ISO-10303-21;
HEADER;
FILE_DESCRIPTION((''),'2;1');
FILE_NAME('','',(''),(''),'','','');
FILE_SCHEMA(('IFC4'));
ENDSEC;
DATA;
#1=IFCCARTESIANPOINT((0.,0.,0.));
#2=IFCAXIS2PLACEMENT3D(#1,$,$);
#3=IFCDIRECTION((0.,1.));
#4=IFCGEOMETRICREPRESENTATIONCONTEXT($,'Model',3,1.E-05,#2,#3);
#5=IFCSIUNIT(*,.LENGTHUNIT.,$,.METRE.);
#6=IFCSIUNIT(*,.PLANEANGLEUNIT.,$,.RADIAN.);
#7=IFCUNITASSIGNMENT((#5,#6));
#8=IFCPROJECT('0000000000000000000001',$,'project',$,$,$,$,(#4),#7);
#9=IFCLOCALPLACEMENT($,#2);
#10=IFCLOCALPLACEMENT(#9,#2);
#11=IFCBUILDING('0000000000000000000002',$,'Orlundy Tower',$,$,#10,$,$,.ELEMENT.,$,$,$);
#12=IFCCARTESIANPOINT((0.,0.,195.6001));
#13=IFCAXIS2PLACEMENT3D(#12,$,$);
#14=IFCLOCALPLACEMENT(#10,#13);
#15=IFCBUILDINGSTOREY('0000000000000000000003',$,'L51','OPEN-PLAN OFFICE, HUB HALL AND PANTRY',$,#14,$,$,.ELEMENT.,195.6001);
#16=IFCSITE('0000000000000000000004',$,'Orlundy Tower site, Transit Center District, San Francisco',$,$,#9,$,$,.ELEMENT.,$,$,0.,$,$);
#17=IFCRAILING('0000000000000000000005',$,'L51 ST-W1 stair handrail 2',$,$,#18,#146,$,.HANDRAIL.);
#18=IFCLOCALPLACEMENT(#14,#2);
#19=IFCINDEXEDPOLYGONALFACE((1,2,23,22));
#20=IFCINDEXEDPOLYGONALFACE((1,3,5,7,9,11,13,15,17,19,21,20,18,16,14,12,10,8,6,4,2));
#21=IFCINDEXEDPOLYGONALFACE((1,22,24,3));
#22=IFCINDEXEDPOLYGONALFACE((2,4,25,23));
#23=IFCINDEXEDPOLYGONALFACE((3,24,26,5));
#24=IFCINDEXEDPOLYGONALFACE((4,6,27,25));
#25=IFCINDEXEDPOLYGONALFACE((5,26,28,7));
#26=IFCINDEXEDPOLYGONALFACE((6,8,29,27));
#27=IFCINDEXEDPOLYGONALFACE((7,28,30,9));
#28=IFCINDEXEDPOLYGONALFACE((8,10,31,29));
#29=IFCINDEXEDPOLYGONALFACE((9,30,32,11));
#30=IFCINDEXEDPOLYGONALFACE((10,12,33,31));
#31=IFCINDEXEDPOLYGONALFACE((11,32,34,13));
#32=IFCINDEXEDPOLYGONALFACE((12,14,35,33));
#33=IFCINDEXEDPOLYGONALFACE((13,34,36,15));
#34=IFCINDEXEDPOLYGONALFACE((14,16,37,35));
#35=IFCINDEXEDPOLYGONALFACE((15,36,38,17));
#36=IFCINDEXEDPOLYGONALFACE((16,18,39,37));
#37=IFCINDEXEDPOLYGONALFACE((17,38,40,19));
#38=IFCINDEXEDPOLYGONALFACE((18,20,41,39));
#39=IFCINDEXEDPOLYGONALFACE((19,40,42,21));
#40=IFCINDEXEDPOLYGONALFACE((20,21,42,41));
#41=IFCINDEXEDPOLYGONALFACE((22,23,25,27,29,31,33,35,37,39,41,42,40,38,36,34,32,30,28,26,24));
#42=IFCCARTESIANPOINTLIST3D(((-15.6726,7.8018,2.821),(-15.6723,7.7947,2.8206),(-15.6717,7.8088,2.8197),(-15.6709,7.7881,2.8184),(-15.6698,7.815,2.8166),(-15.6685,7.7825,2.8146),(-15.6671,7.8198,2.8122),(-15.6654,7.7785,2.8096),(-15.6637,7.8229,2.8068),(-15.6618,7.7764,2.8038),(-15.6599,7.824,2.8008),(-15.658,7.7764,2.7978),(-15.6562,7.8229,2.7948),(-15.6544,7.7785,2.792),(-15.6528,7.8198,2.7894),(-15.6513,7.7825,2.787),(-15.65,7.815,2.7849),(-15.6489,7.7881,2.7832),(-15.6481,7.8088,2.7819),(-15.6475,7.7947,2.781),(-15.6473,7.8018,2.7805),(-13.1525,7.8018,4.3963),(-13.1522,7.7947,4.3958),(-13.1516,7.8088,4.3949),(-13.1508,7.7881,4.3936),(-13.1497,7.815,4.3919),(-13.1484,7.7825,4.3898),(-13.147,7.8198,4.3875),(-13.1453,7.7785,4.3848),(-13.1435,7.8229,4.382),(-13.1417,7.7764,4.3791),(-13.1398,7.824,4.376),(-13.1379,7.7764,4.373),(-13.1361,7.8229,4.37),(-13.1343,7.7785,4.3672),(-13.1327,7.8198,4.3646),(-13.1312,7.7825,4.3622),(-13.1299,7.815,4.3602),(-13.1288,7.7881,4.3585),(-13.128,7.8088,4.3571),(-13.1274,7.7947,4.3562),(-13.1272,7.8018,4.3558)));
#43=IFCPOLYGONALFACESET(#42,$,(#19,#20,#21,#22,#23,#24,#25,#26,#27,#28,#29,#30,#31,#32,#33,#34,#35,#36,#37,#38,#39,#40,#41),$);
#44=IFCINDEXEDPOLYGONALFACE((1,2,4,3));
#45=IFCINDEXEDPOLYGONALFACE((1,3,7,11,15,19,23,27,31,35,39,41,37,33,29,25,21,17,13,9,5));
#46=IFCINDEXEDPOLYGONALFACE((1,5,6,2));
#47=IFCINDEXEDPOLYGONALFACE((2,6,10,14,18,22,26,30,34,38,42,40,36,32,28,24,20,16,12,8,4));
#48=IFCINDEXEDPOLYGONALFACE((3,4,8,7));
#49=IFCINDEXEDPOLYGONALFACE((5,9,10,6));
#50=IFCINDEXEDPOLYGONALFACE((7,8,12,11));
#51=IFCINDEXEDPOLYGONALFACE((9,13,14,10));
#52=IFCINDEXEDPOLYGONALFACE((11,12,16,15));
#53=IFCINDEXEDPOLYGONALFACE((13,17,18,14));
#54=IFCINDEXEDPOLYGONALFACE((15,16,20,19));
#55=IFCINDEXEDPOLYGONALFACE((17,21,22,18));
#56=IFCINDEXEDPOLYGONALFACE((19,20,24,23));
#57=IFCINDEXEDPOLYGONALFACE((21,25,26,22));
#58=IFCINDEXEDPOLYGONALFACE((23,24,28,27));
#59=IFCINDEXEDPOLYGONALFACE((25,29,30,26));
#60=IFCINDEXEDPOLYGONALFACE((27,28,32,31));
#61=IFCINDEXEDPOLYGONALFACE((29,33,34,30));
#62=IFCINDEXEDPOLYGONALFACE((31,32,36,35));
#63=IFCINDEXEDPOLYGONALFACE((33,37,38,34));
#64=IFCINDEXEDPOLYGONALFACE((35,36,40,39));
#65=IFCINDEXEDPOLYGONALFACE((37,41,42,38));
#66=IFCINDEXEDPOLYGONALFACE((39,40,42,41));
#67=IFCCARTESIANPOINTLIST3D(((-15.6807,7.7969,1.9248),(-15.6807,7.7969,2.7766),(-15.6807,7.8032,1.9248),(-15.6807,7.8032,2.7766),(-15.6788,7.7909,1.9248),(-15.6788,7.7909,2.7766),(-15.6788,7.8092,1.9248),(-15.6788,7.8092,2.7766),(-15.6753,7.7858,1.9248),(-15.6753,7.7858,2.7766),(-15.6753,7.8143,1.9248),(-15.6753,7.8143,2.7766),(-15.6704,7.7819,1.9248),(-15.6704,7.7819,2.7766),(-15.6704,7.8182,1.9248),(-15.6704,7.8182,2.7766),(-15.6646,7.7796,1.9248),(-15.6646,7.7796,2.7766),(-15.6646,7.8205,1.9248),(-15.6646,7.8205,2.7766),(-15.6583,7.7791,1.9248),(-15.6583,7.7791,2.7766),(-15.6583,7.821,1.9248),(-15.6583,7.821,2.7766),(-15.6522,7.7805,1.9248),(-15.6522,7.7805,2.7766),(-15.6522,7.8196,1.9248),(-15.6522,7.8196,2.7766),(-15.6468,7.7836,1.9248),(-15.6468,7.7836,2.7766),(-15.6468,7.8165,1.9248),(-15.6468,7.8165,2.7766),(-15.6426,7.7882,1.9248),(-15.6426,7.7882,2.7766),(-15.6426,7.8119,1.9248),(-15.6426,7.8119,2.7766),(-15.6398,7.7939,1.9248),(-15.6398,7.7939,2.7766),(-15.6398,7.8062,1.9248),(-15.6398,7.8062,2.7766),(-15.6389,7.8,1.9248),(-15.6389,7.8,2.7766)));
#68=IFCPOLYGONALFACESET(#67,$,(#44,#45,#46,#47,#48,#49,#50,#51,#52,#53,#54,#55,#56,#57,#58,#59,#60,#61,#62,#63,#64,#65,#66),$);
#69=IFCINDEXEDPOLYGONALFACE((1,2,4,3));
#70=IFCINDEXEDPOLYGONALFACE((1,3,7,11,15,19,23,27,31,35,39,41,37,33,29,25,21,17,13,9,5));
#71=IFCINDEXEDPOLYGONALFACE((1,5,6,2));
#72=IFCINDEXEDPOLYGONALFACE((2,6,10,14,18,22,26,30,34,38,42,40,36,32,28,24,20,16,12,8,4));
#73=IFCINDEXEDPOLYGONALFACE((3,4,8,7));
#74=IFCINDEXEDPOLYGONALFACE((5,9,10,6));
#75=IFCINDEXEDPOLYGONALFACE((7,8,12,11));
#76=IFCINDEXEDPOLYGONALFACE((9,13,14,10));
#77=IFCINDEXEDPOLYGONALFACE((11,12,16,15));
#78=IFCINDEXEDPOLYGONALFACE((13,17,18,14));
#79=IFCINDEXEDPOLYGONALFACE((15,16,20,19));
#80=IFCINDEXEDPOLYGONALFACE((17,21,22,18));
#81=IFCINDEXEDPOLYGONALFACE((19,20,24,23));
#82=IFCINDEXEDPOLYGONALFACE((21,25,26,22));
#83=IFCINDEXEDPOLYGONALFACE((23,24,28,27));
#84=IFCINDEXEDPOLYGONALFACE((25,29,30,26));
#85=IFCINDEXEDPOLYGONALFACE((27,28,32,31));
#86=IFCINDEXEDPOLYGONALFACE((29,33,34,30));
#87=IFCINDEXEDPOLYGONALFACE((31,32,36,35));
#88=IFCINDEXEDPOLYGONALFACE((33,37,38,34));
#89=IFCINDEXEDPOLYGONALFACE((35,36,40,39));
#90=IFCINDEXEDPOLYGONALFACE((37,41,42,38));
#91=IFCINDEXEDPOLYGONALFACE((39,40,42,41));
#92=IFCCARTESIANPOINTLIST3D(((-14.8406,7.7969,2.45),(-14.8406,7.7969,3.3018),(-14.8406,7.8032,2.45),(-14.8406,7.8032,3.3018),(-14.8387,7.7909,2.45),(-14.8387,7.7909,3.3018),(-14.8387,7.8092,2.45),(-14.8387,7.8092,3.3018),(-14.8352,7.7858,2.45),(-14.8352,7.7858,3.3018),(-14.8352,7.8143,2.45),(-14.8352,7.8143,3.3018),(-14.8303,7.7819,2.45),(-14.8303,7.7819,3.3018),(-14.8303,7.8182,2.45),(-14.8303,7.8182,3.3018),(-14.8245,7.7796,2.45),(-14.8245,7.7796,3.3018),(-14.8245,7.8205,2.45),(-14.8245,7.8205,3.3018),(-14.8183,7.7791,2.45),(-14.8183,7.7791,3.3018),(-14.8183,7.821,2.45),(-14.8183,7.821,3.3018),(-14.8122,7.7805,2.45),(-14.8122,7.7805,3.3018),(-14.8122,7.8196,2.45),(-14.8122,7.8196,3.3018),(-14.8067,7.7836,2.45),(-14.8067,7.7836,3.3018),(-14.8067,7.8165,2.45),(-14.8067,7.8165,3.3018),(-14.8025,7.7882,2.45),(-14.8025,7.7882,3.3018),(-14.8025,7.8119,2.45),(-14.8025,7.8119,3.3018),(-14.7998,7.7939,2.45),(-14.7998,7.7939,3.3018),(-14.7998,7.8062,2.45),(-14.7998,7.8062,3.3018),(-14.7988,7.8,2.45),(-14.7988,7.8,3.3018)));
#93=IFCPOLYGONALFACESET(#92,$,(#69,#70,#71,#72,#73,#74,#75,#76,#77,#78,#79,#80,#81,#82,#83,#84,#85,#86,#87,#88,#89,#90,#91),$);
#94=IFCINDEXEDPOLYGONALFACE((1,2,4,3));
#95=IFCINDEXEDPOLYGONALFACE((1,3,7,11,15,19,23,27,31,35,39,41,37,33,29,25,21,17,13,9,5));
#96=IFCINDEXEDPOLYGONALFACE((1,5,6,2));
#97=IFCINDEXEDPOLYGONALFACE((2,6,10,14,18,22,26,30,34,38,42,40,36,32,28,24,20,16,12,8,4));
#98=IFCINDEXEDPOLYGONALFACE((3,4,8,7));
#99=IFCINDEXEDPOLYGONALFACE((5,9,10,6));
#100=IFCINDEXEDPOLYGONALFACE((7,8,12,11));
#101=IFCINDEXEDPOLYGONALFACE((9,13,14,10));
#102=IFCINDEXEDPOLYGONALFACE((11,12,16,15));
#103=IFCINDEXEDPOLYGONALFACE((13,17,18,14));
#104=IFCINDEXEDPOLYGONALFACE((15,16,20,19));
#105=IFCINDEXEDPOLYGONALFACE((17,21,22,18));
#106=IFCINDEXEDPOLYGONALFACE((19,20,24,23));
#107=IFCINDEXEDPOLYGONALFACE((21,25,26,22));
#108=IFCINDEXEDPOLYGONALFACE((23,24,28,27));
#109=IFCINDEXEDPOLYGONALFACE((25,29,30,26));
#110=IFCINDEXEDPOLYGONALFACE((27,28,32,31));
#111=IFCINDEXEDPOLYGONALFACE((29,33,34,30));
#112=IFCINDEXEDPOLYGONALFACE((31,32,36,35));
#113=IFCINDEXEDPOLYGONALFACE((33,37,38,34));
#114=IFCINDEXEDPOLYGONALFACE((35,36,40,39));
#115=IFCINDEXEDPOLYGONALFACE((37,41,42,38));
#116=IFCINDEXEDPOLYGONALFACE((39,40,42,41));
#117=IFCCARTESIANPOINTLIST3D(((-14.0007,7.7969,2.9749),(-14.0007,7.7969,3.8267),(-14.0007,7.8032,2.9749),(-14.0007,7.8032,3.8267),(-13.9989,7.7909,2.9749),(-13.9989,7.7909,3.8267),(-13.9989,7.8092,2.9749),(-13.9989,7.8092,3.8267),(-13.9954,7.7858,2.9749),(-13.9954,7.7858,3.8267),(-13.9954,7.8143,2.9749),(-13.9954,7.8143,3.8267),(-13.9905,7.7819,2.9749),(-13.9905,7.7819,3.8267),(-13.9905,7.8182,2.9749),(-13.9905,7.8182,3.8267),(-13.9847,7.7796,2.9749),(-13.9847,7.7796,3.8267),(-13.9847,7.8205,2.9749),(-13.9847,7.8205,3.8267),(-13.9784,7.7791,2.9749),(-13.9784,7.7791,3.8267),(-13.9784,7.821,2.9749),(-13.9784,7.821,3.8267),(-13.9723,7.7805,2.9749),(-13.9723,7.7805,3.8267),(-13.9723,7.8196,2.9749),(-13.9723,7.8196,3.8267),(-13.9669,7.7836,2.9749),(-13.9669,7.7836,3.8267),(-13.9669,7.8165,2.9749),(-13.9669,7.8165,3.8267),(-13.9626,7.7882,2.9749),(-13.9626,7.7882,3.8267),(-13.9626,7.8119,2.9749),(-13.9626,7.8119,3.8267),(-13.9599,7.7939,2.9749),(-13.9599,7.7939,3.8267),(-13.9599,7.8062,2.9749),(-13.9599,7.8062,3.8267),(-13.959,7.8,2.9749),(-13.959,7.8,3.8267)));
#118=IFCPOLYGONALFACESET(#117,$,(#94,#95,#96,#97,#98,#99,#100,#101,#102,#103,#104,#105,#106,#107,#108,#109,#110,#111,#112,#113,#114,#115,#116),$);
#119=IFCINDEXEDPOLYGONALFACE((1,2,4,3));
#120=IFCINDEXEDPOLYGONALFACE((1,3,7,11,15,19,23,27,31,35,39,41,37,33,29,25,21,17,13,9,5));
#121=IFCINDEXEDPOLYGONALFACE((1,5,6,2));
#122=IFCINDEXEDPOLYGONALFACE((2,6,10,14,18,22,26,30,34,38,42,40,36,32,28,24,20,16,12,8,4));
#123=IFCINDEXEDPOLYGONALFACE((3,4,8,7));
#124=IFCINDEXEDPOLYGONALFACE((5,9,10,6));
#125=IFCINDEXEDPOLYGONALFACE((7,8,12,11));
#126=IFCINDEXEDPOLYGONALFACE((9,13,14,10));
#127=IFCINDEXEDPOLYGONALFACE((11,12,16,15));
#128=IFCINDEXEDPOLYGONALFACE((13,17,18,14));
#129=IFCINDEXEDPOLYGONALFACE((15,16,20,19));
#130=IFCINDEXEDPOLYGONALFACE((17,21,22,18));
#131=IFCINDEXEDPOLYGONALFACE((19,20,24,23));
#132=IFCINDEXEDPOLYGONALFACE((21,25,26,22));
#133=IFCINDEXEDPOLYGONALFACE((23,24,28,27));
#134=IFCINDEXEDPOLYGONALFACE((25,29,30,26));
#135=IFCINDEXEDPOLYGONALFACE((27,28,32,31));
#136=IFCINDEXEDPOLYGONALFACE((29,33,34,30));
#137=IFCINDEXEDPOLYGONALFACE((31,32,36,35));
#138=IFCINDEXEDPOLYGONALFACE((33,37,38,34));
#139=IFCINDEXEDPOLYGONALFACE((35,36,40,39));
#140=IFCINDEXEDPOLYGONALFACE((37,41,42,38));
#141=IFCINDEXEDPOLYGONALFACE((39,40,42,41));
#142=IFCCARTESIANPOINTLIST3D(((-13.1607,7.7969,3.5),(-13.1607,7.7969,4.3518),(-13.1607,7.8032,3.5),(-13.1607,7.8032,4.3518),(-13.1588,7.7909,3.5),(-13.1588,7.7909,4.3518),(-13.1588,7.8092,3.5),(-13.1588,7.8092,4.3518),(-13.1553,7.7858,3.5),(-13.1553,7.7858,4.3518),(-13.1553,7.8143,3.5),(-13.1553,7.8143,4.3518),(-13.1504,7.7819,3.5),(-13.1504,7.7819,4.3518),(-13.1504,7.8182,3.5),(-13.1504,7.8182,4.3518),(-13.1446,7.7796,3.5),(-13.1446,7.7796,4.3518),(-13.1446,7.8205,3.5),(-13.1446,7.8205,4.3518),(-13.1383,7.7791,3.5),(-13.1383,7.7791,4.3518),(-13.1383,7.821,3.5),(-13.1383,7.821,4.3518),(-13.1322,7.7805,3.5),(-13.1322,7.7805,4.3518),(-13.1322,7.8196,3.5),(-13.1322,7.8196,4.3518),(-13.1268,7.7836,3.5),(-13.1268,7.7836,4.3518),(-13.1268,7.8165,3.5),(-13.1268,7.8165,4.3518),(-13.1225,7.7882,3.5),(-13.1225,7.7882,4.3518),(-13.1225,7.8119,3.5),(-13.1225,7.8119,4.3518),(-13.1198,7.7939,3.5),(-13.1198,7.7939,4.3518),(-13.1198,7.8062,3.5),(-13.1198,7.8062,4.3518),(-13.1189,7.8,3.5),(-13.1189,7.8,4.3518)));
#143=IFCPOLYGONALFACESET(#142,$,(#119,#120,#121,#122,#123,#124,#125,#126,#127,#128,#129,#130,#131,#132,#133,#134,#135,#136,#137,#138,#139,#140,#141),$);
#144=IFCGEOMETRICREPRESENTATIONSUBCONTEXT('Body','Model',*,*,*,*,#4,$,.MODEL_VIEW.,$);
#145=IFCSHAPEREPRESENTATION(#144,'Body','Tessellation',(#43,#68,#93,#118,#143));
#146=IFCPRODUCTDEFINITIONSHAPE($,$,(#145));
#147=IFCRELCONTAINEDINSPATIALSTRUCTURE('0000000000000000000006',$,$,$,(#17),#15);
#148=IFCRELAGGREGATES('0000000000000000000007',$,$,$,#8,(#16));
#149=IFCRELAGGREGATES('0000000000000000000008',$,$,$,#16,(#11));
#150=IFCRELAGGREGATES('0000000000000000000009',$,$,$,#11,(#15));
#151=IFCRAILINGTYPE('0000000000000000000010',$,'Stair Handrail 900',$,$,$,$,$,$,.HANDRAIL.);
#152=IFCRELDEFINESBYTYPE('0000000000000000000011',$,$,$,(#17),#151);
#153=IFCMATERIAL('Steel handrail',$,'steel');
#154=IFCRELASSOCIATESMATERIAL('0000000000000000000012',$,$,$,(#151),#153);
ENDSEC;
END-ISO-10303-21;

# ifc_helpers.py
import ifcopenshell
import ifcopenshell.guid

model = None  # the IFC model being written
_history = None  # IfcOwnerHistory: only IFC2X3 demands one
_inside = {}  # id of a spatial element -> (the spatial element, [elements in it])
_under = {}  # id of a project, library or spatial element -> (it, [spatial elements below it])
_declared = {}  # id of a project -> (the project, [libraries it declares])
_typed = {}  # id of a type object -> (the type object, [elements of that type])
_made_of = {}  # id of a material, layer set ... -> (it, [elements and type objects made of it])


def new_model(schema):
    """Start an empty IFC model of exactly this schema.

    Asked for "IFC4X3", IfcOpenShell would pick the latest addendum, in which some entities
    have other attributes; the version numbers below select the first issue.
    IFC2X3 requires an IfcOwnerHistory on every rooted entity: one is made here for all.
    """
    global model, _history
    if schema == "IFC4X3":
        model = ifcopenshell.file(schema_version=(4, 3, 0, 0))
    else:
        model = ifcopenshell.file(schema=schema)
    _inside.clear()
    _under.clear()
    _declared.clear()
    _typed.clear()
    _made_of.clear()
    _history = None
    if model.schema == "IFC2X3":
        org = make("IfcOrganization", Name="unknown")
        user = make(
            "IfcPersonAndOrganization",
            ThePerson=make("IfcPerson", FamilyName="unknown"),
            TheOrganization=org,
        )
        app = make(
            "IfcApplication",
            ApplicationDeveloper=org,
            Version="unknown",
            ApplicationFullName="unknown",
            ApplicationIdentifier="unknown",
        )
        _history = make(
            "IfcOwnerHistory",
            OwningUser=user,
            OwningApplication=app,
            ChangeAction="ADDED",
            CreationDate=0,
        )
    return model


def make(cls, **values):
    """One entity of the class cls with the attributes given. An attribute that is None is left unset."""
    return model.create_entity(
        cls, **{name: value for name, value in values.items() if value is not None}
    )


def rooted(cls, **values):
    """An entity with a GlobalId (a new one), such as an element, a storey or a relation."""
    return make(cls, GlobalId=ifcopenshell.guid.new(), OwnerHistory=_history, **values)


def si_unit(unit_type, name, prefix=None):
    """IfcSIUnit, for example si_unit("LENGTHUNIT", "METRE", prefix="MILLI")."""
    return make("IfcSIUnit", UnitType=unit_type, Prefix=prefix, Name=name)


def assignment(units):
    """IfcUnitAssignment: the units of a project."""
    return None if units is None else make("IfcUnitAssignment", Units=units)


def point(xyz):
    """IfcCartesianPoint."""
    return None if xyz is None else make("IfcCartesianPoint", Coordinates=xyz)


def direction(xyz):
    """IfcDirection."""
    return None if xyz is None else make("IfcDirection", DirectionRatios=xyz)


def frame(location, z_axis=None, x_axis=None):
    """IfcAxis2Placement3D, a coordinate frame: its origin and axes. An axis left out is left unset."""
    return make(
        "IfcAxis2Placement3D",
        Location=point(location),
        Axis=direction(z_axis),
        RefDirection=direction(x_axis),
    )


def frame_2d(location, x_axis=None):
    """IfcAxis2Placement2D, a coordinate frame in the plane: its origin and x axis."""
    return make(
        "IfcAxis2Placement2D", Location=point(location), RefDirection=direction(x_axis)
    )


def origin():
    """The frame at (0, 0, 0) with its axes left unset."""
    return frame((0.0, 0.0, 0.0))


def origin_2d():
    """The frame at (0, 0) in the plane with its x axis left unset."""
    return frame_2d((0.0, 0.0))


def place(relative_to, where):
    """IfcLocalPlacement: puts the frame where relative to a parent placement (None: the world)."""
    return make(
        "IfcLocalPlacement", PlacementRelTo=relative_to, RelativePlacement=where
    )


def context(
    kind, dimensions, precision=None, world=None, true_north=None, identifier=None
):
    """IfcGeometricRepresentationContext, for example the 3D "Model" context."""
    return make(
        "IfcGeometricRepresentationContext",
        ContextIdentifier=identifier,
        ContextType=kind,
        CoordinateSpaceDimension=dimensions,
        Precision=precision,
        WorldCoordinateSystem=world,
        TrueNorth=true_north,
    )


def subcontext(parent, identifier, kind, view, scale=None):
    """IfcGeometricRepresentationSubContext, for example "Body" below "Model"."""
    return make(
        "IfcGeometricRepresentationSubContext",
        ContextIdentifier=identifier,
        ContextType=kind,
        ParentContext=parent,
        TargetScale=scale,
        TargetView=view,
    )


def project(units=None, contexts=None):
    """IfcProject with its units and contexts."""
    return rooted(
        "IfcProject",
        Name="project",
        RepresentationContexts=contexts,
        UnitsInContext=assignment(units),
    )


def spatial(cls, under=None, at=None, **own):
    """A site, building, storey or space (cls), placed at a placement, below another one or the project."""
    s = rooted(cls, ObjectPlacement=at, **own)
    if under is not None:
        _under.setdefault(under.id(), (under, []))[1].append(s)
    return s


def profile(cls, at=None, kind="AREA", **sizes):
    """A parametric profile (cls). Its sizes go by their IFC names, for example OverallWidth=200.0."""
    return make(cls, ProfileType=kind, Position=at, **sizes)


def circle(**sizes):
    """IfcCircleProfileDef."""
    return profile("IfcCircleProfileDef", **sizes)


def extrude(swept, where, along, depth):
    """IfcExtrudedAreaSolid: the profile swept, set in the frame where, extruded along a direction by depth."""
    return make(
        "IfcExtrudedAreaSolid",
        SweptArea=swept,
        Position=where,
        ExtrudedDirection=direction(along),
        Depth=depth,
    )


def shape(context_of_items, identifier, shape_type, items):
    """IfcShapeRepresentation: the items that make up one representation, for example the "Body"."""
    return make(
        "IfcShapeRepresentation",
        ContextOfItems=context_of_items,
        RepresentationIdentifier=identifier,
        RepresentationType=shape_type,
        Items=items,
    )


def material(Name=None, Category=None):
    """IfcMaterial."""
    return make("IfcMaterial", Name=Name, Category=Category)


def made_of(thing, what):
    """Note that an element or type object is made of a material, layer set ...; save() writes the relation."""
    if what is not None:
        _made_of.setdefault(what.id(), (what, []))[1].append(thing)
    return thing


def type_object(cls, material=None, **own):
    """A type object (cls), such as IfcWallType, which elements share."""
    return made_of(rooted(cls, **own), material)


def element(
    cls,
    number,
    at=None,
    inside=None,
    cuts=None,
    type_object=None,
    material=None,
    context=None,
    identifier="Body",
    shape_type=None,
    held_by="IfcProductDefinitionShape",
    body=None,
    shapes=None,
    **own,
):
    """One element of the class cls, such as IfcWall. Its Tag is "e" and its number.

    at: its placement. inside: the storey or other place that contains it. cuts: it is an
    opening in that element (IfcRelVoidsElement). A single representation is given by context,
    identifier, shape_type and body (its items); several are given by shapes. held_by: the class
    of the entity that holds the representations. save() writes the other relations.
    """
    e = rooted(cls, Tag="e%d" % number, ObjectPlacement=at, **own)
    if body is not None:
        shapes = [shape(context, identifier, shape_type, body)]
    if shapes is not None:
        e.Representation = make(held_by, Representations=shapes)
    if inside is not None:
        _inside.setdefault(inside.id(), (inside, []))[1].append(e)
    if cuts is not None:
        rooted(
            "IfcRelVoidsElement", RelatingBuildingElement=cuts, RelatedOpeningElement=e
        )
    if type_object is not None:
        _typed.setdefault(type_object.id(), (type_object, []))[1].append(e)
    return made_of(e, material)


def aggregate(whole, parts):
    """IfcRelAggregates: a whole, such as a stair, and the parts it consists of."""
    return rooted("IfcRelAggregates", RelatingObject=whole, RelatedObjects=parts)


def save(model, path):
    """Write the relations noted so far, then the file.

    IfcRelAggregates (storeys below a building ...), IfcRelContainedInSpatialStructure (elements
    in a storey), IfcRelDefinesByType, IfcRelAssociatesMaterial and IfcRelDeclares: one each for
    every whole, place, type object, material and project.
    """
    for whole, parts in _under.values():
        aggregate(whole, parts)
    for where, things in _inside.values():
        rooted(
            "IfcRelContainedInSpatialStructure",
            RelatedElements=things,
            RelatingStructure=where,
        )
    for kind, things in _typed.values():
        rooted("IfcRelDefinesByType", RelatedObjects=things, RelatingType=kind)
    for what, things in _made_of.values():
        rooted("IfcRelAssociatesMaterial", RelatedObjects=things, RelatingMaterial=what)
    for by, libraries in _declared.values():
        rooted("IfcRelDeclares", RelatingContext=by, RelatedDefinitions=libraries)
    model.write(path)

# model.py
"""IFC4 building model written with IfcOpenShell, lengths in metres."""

from ifc_helpers import new_model, si_unit, direction, frame, origin, origin_2d, place, context, subcontext, project, spatial, circle, extrude, material, type_object, element, save


model = new_model("IFC4")

# Units and contexts
model_context = context("Model", 3, precision=1e-05, world=origin(), true_north=direction((0.0, 1.0)))
body_context = subcontext(model_context, "Body", "Model", "MODEL_VIEW")
ifc_project = project(units=[si_unit("LENGTHUNIT", "METRE"), si_unit("PLANEANGLEUNIT", "RADIAN")], contexts=[model_context])

# Site, building, storey
site_placement = place(None, origin())
site = spatial("IfcSite", under=ifc_project, at=site_placement, Name="Orlundy Tower site, Transit Center District, San Francisco", CompositionType="ELEMENT", RefElevation=0.0)
building_placement = place(site_placement, origin())
building = spatial("IfcBuilding", under=site, at=building_placement, Name="Orlundy Tower", CompositionType="ELEMENT")
storey_placement = place(building_placement, frame((0.0, 0.0, 195.6001)))
storey = spatial("IfcBuildingStorey", under=building, at=storey_placement, Name="L51", Description="OPEN-PLAN OFFICE, HUB HALL AND PANTRY", CompositionType="ELEMENT", Elevation=195.6001)

# Railing
ifc_material_1 = material(Name="Steel handrail", Category="steel")
railing_type = type_object("IfcRailingType", Name="Stair Handrail 900", PredefinedType="HANDRAIL", material=ifc_material_1)
railing_placement = place(storey_placement, frame((-15.6599, 7.8, 1.9248)))
element("IfcRailing", 1, at=railing_placement, inside=storey, type_object=railing_type, Name="L51 ST-W1 stair handrail 2", PredefinedType="HANDRAIL", context=body_context, shape_type="SweptSolid", body=[
    extrude(circle(Radius=0.0239, at=origin_2d()), frame((0.0, 0.0, 0.876), z_axis=(0.847971, 0.0, 0.530043), x_axis=(0.0, 1.0, 0.0)), (0.0, 0.0, 1.0), 2.9719),
    extrude(circle(Radius=0.021, at=origin_2d()), origin(), (0.0, 0.0, 1.0), 0.8518),
    extrude(circle(Radius=0.021, at=origin_2d()), frame((0.8401, 0.0, 0.5251)), (0.0, 0.0, 1.0), 0.8518),
    extrude(circle(Radius=0.021, at=origin_2d()), frame((1.6799, 0.0, 1.05)), (0.0, 0.0, 1.0), 0.8518),
    extrude(circle(Radius=0.021, at=origin_2d()), frame((2.52, 0.0, 1.5752)), (0.0, 0.0, 1.0), 0.8518),
])

save(model, "model.ifc")
